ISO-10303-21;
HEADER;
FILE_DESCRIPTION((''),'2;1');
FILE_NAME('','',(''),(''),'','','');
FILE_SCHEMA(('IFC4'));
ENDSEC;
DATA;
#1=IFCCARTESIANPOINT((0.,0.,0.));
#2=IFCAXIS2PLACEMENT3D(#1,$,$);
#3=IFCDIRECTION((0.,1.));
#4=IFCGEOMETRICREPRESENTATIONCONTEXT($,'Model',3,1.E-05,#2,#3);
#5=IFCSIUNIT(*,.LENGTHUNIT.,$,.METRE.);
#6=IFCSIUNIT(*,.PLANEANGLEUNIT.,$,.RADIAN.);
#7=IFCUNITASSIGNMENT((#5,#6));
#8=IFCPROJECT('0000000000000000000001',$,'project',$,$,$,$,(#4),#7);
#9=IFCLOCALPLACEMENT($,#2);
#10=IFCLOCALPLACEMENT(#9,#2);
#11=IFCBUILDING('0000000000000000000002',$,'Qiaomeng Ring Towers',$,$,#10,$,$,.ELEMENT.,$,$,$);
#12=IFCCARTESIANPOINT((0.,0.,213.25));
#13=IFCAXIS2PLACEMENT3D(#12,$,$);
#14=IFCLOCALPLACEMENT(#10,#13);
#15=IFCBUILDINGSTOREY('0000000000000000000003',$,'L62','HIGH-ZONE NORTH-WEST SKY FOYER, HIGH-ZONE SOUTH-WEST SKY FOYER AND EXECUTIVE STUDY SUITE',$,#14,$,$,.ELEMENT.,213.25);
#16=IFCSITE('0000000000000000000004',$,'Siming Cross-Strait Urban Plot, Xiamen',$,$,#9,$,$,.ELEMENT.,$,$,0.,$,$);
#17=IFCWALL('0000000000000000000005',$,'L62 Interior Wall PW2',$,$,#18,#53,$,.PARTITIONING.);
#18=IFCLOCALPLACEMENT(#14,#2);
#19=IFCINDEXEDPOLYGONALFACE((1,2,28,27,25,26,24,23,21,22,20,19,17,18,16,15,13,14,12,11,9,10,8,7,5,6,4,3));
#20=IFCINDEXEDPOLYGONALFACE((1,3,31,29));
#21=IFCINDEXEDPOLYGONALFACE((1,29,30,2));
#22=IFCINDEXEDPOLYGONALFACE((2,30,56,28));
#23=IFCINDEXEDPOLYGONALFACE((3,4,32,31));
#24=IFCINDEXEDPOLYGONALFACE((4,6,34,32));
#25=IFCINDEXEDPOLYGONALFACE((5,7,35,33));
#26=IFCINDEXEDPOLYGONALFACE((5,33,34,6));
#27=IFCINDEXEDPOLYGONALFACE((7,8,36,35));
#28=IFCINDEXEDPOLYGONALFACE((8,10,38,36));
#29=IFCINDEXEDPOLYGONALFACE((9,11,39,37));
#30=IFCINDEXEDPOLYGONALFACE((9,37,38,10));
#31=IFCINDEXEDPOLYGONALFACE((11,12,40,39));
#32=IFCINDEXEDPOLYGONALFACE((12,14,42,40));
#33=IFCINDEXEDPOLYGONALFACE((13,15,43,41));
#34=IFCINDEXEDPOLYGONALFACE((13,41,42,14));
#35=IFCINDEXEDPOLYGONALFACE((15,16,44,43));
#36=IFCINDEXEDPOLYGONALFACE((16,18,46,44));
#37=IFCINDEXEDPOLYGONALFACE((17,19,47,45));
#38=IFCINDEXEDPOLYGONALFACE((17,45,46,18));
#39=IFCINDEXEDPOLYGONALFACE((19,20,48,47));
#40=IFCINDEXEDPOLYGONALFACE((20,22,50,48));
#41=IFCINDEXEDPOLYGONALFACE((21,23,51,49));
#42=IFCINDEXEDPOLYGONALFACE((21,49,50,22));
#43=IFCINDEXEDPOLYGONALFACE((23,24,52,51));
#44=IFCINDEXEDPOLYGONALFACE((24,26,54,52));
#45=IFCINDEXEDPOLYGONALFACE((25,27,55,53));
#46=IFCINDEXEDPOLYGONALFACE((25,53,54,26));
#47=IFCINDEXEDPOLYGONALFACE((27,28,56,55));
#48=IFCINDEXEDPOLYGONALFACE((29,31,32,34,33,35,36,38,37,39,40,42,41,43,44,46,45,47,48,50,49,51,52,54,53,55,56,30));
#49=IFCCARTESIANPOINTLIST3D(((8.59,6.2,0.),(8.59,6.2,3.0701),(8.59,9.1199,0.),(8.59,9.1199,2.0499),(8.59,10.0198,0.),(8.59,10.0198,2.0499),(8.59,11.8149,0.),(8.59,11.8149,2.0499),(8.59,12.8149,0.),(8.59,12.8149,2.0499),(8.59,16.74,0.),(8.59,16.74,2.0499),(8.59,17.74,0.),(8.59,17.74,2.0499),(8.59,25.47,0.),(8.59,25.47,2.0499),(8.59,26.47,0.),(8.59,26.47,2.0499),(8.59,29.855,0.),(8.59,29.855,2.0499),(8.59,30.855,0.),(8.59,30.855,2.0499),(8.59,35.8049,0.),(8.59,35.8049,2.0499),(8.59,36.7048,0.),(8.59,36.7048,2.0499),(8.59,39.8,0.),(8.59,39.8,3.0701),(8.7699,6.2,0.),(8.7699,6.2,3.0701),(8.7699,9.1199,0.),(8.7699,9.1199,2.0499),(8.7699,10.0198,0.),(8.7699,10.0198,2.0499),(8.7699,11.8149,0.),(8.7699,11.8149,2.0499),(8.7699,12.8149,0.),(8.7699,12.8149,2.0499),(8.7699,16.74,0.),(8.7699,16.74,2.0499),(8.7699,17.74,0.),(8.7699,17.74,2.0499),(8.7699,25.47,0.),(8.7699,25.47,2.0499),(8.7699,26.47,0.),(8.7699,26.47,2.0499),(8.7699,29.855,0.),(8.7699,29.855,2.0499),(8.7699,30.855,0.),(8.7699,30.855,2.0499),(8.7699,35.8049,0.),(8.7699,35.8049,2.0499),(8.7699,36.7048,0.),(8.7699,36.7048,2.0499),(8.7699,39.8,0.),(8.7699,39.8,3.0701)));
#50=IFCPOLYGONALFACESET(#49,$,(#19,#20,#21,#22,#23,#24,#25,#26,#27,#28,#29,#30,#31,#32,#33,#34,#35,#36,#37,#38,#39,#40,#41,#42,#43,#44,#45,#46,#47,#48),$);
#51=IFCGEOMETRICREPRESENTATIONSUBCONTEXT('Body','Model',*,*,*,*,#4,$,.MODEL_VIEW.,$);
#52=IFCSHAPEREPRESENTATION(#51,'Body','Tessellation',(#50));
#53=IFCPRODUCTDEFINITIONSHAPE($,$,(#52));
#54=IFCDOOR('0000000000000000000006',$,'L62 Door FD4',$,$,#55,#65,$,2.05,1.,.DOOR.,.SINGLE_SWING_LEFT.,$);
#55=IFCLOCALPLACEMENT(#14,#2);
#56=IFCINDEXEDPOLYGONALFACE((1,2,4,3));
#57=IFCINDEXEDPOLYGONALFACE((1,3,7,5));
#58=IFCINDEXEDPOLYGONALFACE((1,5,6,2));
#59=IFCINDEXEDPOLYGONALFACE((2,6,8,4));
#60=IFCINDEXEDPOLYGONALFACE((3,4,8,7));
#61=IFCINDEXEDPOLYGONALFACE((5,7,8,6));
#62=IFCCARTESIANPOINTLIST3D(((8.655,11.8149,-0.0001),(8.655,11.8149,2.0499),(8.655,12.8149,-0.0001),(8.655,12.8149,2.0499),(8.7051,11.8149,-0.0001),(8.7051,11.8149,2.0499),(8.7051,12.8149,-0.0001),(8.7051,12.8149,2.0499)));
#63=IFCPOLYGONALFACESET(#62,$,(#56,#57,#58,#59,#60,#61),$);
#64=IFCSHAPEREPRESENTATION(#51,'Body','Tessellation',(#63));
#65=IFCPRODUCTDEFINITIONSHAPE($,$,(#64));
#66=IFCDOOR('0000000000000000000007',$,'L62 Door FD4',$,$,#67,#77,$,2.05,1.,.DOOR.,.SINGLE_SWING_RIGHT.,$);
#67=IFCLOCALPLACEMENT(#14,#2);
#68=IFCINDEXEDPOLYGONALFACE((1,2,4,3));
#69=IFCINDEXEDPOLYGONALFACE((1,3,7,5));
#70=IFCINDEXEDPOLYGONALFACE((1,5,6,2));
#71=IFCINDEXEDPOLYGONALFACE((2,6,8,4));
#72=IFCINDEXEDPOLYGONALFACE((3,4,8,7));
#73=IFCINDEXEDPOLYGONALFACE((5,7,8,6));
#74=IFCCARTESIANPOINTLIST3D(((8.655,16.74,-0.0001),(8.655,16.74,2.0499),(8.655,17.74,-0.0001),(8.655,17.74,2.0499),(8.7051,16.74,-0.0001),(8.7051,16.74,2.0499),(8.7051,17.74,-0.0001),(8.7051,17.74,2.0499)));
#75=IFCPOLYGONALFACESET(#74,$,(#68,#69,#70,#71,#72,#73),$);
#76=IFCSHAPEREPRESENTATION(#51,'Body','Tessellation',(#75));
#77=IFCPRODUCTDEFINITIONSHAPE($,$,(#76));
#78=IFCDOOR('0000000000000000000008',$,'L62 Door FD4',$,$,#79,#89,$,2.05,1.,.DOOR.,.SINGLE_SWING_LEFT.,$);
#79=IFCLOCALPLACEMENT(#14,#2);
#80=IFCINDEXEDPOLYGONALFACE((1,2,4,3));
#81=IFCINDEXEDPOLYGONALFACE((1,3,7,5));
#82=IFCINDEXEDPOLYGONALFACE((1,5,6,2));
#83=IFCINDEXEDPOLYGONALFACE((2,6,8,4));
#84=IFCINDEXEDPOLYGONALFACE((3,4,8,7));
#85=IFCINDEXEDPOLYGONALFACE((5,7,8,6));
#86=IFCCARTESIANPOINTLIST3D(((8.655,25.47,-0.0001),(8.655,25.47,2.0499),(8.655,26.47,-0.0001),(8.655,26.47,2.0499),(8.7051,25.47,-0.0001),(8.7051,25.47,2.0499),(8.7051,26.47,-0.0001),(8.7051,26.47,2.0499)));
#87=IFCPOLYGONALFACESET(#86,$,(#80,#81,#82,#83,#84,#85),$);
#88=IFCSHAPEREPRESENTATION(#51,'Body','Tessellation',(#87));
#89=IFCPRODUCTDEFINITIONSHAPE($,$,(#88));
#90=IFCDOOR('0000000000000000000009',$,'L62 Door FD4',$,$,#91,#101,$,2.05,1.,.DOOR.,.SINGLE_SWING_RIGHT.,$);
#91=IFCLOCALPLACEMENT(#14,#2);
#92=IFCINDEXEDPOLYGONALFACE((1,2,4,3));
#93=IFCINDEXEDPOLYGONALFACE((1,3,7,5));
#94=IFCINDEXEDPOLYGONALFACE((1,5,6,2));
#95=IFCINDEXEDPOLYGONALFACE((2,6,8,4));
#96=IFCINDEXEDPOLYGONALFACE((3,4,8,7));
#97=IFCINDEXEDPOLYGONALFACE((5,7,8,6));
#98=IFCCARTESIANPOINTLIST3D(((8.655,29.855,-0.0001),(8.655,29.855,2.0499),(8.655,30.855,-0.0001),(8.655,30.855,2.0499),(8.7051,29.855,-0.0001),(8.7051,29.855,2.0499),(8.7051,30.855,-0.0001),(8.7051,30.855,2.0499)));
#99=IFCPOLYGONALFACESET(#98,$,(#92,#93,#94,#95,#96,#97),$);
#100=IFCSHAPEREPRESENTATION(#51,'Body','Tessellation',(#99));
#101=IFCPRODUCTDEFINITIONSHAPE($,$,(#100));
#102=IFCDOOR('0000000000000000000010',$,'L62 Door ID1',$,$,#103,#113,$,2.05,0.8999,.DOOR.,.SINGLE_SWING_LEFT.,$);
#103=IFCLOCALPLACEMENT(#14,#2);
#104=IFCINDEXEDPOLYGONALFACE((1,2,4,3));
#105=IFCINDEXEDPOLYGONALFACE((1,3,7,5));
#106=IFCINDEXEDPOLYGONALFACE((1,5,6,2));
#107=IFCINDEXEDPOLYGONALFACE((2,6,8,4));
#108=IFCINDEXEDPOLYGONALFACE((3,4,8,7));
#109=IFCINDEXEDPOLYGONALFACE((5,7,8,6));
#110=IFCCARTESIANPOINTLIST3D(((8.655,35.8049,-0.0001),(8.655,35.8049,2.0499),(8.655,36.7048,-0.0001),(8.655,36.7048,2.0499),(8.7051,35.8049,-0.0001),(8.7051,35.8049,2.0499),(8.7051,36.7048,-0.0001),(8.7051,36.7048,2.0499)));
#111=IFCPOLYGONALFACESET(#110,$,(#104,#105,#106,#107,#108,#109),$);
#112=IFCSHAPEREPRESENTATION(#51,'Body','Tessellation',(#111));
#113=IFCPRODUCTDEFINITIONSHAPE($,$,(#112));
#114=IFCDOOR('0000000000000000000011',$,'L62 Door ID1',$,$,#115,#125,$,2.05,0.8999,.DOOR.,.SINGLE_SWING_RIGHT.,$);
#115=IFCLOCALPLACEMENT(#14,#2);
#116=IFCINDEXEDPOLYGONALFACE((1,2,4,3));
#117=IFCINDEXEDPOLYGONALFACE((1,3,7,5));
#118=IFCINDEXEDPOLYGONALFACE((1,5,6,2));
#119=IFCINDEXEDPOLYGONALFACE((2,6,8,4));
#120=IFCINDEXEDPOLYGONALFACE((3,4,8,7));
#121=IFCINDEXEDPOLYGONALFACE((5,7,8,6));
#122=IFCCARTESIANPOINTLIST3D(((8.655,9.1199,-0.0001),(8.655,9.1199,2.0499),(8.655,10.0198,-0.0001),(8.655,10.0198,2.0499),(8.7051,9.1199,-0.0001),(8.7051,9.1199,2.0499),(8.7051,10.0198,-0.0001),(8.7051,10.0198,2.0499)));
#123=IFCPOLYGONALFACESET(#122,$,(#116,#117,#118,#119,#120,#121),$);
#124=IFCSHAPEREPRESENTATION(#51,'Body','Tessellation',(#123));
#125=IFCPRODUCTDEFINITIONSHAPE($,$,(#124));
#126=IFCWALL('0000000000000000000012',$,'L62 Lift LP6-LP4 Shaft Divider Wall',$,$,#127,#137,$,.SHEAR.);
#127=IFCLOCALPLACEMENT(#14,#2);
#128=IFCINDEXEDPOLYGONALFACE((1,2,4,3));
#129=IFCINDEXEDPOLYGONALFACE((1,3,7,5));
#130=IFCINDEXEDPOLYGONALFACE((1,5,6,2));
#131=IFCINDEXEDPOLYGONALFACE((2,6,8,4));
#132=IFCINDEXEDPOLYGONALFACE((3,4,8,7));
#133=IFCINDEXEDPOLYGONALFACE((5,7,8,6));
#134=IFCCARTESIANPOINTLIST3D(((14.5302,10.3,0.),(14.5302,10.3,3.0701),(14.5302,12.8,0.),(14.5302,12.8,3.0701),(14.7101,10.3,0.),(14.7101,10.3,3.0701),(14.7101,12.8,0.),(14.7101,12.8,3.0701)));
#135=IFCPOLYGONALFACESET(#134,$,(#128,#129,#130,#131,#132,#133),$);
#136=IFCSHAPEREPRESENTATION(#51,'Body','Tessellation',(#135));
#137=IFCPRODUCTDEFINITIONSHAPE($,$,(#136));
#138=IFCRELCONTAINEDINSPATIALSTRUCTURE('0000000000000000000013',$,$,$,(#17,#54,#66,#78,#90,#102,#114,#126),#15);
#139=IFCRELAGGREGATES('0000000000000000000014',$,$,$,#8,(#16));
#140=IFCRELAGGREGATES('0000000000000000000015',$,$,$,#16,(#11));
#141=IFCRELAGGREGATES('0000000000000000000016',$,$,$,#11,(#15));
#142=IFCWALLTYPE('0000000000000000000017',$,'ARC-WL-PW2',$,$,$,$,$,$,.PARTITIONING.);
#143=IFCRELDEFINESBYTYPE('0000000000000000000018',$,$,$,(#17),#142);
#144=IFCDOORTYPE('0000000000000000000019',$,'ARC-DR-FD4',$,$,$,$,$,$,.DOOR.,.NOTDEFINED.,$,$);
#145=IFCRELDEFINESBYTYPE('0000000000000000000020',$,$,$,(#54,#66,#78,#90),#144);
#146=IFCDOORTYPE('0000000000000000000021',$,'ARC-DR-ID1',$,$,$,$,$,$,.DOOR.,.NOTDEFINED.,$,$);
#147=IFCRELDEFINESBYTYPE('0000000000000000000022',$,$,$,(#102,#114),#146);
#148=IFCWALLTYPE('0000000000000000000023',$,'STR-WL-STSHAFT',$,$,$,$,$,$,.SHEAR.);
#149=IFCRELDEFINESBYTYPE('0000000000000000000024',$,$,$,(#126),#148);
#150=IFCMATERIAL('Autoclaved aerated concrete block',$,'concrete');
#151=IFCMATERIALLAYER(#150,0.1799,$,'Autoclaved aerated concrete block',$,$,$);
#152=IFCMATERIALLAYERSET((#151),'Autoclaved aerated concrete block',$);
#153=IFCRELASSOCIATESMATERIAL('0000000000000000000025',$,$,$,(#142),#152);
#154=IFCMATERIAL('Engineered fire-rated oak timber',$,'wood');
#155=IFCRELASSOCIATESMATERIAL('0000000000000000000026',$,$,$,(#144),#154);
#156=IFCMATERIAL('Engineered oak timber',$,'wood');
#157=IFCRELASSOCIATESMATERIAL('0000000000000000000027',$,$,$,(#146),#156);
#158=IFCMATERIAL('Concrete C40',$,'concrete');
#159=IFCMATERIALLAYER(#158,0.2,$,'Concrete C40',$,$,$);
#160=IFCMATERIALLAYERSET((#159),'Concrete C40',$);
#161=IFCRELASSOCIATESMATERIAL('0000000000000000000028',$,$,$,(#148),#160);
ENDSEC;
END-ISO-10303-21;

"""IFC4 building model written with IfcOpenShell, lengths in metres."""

from ifc_helpers import new_model, si_unit, direction, frame, frame_2d, origin, place, context, subcontext, project, spatial, rectangle, extrude, source, transform, mapped, material, layer, layer_set, type_object, element, fill, save


model = new_model("IFC4")

# Units and contexts
model_context = context("Model", 3, precision=1e-05, world=origin(), true_north=direction((0.0, 1.0)))
body_context = subcontext(model_context, "Body", "Model", "MODEL_VIEW")
ifc_project = project(units=[si_unit("LENGTHUNIT", "METRE"), si_unit("PLANEANGLEUNIT", "RADIAN")], contexts=[model_context])

# Site, building, storey
site_placement = place(None, origin())
site = spatial("IfcSite", under=ifc_project, at=site_placement, Name="Siming Cross-Strait Urban Plot, Xiamen", CompositionType="ELEMENT", RefElevation=0.0)
building_placement = place(site_placement, origin())
building = spatial("IfcBuilding", under=site, at=building_placement, Name="Qiaomeng Ring Towers", CompositionType="ELEMENT")
storey_placement = place(building_placement, frame((0.0, 0.0, 213.25)))
storey = spatial("IfcBuildingStorey", under=building, at=storey_placement, Name="L62", Description="HIGH-ZONE NORTH-WEST SKY FOYER, HIGH-ZONE SOUTH-WEST SKY FOYER AND EXECUTIVE STUDY SUITE", CompositionType="ELEMENT", Elevation=213.25)

# Shared definitions
ifc_material_1 = material(Name="Autoclaved aerated concrete block", Category="concrete")

# Wall, openings, doors
ifc_layer_1 = layer(ifc_material_1, 0.1799, Name="Autoclaved aerated concrete block")
ifc_layer_set_1 = layer_set([ifc_layer_1], Name="Autoclaved aerated concrete block")
wall_type_1 = type_object("IfcWallType", Name="ARC-WL-PW2", PredefinedType="PARTITIONING", material=ifc_layer_set_1)
wall_1_placement = place(storey_placement, frame((8.6799, 6.2, 0.0), z_axis=(0.0, 0.0, 1.0), x_axis=(0.0, 1.0, 0.0)))
wall_1 = element("IfcWall", 1, at=wall_1_placement, inside=storey, type_object=wall_type_1, Name="L62 Interior Wall PW2", PredefinedType="PARTITIONING", context=body_context, shape_type="SweptSolid", body=[
    extrude(rectangle(XDim=33.6001, YDim=0.1799, at=frame_2d((16.8, 0.0))), origin(), (0.0, 0.0, 1.0), 3.0701),
])
opening_1_placement = place(wall_1_placement, frame((29.605, 0.0, 0.0)))
opening_1 = element("IfcOpeningElement", 2, at=opening_1_placement, cuts=wall_1, PredefinedType="OPENING", context=body_context, shape_type="SweptSolid", body=[
    extrude(rectangle(XDim=0.8999, YDim=2.05, at=frame_2d((0.45, 1.0249))), frame((0.0, 0.0999, 0.0), z_axis=(0.0, -1.0, 0.0), x_axis=(1.0, 0.0, 0.0)), (0.0, 0.0, 1.0), 0.2),
])
opening_2_placement = place(wall_1_placement, frame((2.9199, 0.0, 0.0)))
opening_2 = element("IfcOpeningElement", 3, at=opening_2_placement, cuts=wall_1, PredefinedType="OPENING", context=body_context, shape_type="SweptSolid", body=[
    extrude(rectangle(XDim=0.8999, YDim=2.05, at=frame_2d((0.45, 1.0249))), frame((0.0, 0.0999, 0.0), z_axis=(0.0, -1.0, 0.0), x_axis=(1.0, 0.0, 0.0)), (0.0, 0.0, 1.0), 0.2),
])
opening_3_placement = place(wall_1_placement, frame((5.615, 0.0, 0.0)))
opening_3 = element("IfcOpeningElement", 4, at=opening_3_placement, cuts=wall_1, PredefinedType="OPENING", context=body_context, shape_type="SweptSolid", body=[
    extrude(rectangle(XDim=1.0, YDim=2.05, at=frame_2d((0.5, 1.0249))), frame((0.0, 0.0999, 0.0), z_axis=(0.0, -1.0, 0.0), x_axis=(1.0, 0.0, 0.0)), (0.0, 0.0, 1.0), 0.2),
])
opening_4_placement = place(wall_1_placement, frame((10.54, 0.0, 0.0)))
opening_4 = element("IfcOpeningElement", 5, at=opening_4_placement, cuts=wall_1, PredefinedType="OPENING", context=body_context, shape_type="SweptSolid", body=[
    extrude(rectangle(XDim=1.0, YDim=2.05, at=frame_2d((0.5, 1.0249))), frame((0.0, 0.0999, 0.0), z_axis=(0.0, -1.0, 0.0), x_axis=(1.0, 0.0, 0.0)), (0.0, 0.0, 1.0), 0.2),
])
opening_5_placement = place(wall_1_placement, frame((19.27, 0.0, 0.0)))
opening_5 = element("IfcOpeningElement", 6, at=opening_5_placement, cuts=wall_1, PredefinedType="OPENING", context=body_context, shape_type="SweptSolid", body=[
    extrude(rectangle(XDim=1.0, YDim=2.05, at=frame_2d((0.5, 1.0249))), frame((0.0, 0.0999, 0.0), z_axis=(0.0, -1.0, 0.0), x_axis=(1.0, 0.0, 0.0)), (0.0, 0.0, 1.0), 0.2),
])
opening_6_placement = place(wall_1_placement, frame((23.655, 0.0, 0.0)))
opening_6 = element("IfcOpeningElement", 7, at=opening_6_placement, cuts=wall_1, PredefinedType="OPENING", context=body_context, shape_type="SweptSolid", body=[
    extrude(rectangle(XDim=1.0, YDim=2.05, at=frame_2d((0.5, 1.0249))), frame((0.0, 0.0999, 0.0), z_axis=(0.0, -1.0, 0.0), x_axis=(1.0, 0.0, 0.0)), (0.0, 0.0, 1.0), 0.2),
])
ifc_material_2 = material(Name="Engineered fire-rated oak timber", Category="wood")
door_type_1 = type_object("IfcDoorType", Name="ARC-DR-FD4", OperationType="NOTDEFINED", PredefinedType="DOOR", material=ifc_material_2)
shared_shape_1 = source(origin(), body_context, "Body", "SweptSolid", [
    extrude(rectangle(XDim=1.0, YDim=2.05, at=frame_2d((0.5, 1.0249))), frame((0.0, 0.0249, 0.0), z_axis=(0.0, -1.0, 0.0), x_axis=(1.0, 0.0, 0.0)), (0.0, 0.0, 1.0), 0.05),
])
door_1_placement = place(opening_3_placement, origin())
door_1 = element("IfcDoor", 8, at=door_1_placement, inside=storey, type_object=door_type_1, Name="L62 Door FD4", OperationType="SINGLE_SWING_LEFT", OverallHeight=2.05, OverallWidth=1.0, PredefinedType="DOOR", context=body_context, shape_type="MappedRepresentation", body=[
    mapped(shared_shape_1, transform((0.0, 0.0, 0.0), x_axis=(1.0, 0.0, 0.0), y_axis=(0.0, 1.0, 0.0), z_axis=(0.0, 0.0, 1.0), scale=1.0)),
])
fill(opening_3, door_1)
door_2_placement = place(opening_4_placement, origin())
door_2 = element("IfcDoor", 9, at=door_2_placement, inside=storey, type_object=door_type_1, Name="L62 Door FD4", OperationType="SINGLE_SWING_RIGHT", OverallHeight=2.05, OverallWidth=1.0, PredefinedType="DOOR", context=body_context, shape_type="MappedRepresentation", body=[
    mapped(shared_shape_1, transform((0.0, 0.0, 0.0), x_axis=(1.0, 0.0, 0.0), y_axis=(0.0, 1.0, 0.0), z_axis=(0.0, 0.0, 1.0), scale=1.0)),
])
fill(opening_4, door_2)
door_3_placement = place(opening_5_placement, origin())
door_3 = element("IfcDoor", 10, at=door_3_placement, inside=storey, type_object=door_type_1, Name="L62 Door FD4", OperationType="SINGLE_SWING_LEFT", OverallHeight=2.05, OverallWidth=1.0, PredefinedType="DOOR", context=body_context, shape_type="MappedRepresentation", body=[
    mapped(shared_shape_1, transform((0.0, 0.0, 0.0), x_axis=(1.0, 0.0, 0.0), y_axis=(0.0, 1.0, 0.0), z_axis=(0.0, 0.0, 1.0), scale=1.0)),
])
fill(opening_5, door_3)
door_4_placement = place(opening_6_placement, origin())
door_4 = element("IfcDoor", 11, at=door_4_placement, inside=storey, type_object=door_type_1, Name="L62 Door FD4", OperationType="SINGLE_SWING_RIGHT", OverallHeight=2.05, OverallWidth=1.0, PredefinedType="DOOR", context=body_context, shape_type="MappedRepresentation", body=[
    mapped(shared_shape_1, transform((0.0, 0.0, 0.0), x_axis=(1.0, 0.0, 0.0), y_axis=(0.0, 1.0, 0.0), z_axis=(0.0, 0.0, 1.0), scale=1.0)),
])
fill(opening_6, door_4)
ifc_material_3 = material(Name="Engineered oak timber", Category="wood")
door_type_2 = type_object("IfcDoorType", Name="ARC-DR-ID1", OperationType="NOTDEFINED", PredefinedType="DOOR", material=ifc_material_3)
shared_shape_2 = source(origin(), body_context, "Body", "SweptSolid", [
    extrude(rectangle(XDim=0.8999, YDim=2.05, at=frame_2d((0.45, 1.0249))), frame((0.0, 0.0249, 0.0), z_axis=(0.0, -1.0, 0.0), x_axis=(1.0, 0.0, 0.0)), (0.0, 0.0, 1.0), 0.05),
])
door_5_placement = place(opening_1_placement, origin())
door_5 = element("IfcDoor", 12, at=door_5_placement, inside=storey, type_object=door_type_2, Name="L62 Door ID1", OperationType="SINGLE_SWING_LEFT", OverallHeight=2.05, OverallWidth=0.8999, PredefinedType="DOOR", context=body_context, shape_type="MappedRepresentation", body=[
    mapped(shared_shape_2, transform((0.0, 0.0, 0.0), x_axis=(1.0, 0.0, 0.0), y_axis=(0.0, 1.0, 0.0), z_axis=(0.0, 0.0, 1.0), scale=1.0)),
])
fill(opening_1, door_5)
door_6_placement = place(opening_2_placement, origin())
door_6 = element("IfcDoor", 13, at=door_6_placement, inside=storey, type_object=door_type_2, Name="L62 Door ID1", OperationType="SINGLE_SWING_RIGHT", OverallHeight=2.05, OverallWidth=0.8999, PredefinedType="DOOR", context=body_context, shape_type="MappedRepresentation", body=[
    mapped(shared_shape_2, transform((0.0, 0.0, 0.0), x_axis=(1.0, 0.0, 0.0), y_axis=(0.0, 1.0, 0.0), z_axis=(0.0, 0.0, 1.0), scale=1.0)),
])
fill(opening_2, door_6)

# Wall
ifc_material_4 = material(Name="Concrete C40", Category="concrete")
ifc_layer_2 = layer(ifc_material_4, 0.2, Name="Concrete C40")
ifc_layer_set_2 = layer_set([ifc_layer_2], Name="Concrete C40")
wall_type_2 = type_object("IfcWallType", Name="STR-WL-STSHAFT", PredefinedType="SHEAR", material=ifc_layer_set_2)
wall_2_placement = place(storey_placement, frame((14.6201, 10.3, 0.0), z_axis=(0.0, 0.0, 1.0), x_axis=(0.0, 1.0, 0.0)))
element("IfcWall", 14, at=wall_2_placement, inside=storey, type_object=wall_type_2, Name="L62 Lift LP6-LP4 Shaft Divider Wall", PredefinedType="SHEAR", context=body_context, shape_type="SweptSolid", body=[
    extrude(rectangle(XDim=2.5, YDim=0.1799, at=frame_2d((1.25, 0.0))), origin(), (0.0, 0.0, 1.0), 3.0701),
])

save(model, "model.ifc")
